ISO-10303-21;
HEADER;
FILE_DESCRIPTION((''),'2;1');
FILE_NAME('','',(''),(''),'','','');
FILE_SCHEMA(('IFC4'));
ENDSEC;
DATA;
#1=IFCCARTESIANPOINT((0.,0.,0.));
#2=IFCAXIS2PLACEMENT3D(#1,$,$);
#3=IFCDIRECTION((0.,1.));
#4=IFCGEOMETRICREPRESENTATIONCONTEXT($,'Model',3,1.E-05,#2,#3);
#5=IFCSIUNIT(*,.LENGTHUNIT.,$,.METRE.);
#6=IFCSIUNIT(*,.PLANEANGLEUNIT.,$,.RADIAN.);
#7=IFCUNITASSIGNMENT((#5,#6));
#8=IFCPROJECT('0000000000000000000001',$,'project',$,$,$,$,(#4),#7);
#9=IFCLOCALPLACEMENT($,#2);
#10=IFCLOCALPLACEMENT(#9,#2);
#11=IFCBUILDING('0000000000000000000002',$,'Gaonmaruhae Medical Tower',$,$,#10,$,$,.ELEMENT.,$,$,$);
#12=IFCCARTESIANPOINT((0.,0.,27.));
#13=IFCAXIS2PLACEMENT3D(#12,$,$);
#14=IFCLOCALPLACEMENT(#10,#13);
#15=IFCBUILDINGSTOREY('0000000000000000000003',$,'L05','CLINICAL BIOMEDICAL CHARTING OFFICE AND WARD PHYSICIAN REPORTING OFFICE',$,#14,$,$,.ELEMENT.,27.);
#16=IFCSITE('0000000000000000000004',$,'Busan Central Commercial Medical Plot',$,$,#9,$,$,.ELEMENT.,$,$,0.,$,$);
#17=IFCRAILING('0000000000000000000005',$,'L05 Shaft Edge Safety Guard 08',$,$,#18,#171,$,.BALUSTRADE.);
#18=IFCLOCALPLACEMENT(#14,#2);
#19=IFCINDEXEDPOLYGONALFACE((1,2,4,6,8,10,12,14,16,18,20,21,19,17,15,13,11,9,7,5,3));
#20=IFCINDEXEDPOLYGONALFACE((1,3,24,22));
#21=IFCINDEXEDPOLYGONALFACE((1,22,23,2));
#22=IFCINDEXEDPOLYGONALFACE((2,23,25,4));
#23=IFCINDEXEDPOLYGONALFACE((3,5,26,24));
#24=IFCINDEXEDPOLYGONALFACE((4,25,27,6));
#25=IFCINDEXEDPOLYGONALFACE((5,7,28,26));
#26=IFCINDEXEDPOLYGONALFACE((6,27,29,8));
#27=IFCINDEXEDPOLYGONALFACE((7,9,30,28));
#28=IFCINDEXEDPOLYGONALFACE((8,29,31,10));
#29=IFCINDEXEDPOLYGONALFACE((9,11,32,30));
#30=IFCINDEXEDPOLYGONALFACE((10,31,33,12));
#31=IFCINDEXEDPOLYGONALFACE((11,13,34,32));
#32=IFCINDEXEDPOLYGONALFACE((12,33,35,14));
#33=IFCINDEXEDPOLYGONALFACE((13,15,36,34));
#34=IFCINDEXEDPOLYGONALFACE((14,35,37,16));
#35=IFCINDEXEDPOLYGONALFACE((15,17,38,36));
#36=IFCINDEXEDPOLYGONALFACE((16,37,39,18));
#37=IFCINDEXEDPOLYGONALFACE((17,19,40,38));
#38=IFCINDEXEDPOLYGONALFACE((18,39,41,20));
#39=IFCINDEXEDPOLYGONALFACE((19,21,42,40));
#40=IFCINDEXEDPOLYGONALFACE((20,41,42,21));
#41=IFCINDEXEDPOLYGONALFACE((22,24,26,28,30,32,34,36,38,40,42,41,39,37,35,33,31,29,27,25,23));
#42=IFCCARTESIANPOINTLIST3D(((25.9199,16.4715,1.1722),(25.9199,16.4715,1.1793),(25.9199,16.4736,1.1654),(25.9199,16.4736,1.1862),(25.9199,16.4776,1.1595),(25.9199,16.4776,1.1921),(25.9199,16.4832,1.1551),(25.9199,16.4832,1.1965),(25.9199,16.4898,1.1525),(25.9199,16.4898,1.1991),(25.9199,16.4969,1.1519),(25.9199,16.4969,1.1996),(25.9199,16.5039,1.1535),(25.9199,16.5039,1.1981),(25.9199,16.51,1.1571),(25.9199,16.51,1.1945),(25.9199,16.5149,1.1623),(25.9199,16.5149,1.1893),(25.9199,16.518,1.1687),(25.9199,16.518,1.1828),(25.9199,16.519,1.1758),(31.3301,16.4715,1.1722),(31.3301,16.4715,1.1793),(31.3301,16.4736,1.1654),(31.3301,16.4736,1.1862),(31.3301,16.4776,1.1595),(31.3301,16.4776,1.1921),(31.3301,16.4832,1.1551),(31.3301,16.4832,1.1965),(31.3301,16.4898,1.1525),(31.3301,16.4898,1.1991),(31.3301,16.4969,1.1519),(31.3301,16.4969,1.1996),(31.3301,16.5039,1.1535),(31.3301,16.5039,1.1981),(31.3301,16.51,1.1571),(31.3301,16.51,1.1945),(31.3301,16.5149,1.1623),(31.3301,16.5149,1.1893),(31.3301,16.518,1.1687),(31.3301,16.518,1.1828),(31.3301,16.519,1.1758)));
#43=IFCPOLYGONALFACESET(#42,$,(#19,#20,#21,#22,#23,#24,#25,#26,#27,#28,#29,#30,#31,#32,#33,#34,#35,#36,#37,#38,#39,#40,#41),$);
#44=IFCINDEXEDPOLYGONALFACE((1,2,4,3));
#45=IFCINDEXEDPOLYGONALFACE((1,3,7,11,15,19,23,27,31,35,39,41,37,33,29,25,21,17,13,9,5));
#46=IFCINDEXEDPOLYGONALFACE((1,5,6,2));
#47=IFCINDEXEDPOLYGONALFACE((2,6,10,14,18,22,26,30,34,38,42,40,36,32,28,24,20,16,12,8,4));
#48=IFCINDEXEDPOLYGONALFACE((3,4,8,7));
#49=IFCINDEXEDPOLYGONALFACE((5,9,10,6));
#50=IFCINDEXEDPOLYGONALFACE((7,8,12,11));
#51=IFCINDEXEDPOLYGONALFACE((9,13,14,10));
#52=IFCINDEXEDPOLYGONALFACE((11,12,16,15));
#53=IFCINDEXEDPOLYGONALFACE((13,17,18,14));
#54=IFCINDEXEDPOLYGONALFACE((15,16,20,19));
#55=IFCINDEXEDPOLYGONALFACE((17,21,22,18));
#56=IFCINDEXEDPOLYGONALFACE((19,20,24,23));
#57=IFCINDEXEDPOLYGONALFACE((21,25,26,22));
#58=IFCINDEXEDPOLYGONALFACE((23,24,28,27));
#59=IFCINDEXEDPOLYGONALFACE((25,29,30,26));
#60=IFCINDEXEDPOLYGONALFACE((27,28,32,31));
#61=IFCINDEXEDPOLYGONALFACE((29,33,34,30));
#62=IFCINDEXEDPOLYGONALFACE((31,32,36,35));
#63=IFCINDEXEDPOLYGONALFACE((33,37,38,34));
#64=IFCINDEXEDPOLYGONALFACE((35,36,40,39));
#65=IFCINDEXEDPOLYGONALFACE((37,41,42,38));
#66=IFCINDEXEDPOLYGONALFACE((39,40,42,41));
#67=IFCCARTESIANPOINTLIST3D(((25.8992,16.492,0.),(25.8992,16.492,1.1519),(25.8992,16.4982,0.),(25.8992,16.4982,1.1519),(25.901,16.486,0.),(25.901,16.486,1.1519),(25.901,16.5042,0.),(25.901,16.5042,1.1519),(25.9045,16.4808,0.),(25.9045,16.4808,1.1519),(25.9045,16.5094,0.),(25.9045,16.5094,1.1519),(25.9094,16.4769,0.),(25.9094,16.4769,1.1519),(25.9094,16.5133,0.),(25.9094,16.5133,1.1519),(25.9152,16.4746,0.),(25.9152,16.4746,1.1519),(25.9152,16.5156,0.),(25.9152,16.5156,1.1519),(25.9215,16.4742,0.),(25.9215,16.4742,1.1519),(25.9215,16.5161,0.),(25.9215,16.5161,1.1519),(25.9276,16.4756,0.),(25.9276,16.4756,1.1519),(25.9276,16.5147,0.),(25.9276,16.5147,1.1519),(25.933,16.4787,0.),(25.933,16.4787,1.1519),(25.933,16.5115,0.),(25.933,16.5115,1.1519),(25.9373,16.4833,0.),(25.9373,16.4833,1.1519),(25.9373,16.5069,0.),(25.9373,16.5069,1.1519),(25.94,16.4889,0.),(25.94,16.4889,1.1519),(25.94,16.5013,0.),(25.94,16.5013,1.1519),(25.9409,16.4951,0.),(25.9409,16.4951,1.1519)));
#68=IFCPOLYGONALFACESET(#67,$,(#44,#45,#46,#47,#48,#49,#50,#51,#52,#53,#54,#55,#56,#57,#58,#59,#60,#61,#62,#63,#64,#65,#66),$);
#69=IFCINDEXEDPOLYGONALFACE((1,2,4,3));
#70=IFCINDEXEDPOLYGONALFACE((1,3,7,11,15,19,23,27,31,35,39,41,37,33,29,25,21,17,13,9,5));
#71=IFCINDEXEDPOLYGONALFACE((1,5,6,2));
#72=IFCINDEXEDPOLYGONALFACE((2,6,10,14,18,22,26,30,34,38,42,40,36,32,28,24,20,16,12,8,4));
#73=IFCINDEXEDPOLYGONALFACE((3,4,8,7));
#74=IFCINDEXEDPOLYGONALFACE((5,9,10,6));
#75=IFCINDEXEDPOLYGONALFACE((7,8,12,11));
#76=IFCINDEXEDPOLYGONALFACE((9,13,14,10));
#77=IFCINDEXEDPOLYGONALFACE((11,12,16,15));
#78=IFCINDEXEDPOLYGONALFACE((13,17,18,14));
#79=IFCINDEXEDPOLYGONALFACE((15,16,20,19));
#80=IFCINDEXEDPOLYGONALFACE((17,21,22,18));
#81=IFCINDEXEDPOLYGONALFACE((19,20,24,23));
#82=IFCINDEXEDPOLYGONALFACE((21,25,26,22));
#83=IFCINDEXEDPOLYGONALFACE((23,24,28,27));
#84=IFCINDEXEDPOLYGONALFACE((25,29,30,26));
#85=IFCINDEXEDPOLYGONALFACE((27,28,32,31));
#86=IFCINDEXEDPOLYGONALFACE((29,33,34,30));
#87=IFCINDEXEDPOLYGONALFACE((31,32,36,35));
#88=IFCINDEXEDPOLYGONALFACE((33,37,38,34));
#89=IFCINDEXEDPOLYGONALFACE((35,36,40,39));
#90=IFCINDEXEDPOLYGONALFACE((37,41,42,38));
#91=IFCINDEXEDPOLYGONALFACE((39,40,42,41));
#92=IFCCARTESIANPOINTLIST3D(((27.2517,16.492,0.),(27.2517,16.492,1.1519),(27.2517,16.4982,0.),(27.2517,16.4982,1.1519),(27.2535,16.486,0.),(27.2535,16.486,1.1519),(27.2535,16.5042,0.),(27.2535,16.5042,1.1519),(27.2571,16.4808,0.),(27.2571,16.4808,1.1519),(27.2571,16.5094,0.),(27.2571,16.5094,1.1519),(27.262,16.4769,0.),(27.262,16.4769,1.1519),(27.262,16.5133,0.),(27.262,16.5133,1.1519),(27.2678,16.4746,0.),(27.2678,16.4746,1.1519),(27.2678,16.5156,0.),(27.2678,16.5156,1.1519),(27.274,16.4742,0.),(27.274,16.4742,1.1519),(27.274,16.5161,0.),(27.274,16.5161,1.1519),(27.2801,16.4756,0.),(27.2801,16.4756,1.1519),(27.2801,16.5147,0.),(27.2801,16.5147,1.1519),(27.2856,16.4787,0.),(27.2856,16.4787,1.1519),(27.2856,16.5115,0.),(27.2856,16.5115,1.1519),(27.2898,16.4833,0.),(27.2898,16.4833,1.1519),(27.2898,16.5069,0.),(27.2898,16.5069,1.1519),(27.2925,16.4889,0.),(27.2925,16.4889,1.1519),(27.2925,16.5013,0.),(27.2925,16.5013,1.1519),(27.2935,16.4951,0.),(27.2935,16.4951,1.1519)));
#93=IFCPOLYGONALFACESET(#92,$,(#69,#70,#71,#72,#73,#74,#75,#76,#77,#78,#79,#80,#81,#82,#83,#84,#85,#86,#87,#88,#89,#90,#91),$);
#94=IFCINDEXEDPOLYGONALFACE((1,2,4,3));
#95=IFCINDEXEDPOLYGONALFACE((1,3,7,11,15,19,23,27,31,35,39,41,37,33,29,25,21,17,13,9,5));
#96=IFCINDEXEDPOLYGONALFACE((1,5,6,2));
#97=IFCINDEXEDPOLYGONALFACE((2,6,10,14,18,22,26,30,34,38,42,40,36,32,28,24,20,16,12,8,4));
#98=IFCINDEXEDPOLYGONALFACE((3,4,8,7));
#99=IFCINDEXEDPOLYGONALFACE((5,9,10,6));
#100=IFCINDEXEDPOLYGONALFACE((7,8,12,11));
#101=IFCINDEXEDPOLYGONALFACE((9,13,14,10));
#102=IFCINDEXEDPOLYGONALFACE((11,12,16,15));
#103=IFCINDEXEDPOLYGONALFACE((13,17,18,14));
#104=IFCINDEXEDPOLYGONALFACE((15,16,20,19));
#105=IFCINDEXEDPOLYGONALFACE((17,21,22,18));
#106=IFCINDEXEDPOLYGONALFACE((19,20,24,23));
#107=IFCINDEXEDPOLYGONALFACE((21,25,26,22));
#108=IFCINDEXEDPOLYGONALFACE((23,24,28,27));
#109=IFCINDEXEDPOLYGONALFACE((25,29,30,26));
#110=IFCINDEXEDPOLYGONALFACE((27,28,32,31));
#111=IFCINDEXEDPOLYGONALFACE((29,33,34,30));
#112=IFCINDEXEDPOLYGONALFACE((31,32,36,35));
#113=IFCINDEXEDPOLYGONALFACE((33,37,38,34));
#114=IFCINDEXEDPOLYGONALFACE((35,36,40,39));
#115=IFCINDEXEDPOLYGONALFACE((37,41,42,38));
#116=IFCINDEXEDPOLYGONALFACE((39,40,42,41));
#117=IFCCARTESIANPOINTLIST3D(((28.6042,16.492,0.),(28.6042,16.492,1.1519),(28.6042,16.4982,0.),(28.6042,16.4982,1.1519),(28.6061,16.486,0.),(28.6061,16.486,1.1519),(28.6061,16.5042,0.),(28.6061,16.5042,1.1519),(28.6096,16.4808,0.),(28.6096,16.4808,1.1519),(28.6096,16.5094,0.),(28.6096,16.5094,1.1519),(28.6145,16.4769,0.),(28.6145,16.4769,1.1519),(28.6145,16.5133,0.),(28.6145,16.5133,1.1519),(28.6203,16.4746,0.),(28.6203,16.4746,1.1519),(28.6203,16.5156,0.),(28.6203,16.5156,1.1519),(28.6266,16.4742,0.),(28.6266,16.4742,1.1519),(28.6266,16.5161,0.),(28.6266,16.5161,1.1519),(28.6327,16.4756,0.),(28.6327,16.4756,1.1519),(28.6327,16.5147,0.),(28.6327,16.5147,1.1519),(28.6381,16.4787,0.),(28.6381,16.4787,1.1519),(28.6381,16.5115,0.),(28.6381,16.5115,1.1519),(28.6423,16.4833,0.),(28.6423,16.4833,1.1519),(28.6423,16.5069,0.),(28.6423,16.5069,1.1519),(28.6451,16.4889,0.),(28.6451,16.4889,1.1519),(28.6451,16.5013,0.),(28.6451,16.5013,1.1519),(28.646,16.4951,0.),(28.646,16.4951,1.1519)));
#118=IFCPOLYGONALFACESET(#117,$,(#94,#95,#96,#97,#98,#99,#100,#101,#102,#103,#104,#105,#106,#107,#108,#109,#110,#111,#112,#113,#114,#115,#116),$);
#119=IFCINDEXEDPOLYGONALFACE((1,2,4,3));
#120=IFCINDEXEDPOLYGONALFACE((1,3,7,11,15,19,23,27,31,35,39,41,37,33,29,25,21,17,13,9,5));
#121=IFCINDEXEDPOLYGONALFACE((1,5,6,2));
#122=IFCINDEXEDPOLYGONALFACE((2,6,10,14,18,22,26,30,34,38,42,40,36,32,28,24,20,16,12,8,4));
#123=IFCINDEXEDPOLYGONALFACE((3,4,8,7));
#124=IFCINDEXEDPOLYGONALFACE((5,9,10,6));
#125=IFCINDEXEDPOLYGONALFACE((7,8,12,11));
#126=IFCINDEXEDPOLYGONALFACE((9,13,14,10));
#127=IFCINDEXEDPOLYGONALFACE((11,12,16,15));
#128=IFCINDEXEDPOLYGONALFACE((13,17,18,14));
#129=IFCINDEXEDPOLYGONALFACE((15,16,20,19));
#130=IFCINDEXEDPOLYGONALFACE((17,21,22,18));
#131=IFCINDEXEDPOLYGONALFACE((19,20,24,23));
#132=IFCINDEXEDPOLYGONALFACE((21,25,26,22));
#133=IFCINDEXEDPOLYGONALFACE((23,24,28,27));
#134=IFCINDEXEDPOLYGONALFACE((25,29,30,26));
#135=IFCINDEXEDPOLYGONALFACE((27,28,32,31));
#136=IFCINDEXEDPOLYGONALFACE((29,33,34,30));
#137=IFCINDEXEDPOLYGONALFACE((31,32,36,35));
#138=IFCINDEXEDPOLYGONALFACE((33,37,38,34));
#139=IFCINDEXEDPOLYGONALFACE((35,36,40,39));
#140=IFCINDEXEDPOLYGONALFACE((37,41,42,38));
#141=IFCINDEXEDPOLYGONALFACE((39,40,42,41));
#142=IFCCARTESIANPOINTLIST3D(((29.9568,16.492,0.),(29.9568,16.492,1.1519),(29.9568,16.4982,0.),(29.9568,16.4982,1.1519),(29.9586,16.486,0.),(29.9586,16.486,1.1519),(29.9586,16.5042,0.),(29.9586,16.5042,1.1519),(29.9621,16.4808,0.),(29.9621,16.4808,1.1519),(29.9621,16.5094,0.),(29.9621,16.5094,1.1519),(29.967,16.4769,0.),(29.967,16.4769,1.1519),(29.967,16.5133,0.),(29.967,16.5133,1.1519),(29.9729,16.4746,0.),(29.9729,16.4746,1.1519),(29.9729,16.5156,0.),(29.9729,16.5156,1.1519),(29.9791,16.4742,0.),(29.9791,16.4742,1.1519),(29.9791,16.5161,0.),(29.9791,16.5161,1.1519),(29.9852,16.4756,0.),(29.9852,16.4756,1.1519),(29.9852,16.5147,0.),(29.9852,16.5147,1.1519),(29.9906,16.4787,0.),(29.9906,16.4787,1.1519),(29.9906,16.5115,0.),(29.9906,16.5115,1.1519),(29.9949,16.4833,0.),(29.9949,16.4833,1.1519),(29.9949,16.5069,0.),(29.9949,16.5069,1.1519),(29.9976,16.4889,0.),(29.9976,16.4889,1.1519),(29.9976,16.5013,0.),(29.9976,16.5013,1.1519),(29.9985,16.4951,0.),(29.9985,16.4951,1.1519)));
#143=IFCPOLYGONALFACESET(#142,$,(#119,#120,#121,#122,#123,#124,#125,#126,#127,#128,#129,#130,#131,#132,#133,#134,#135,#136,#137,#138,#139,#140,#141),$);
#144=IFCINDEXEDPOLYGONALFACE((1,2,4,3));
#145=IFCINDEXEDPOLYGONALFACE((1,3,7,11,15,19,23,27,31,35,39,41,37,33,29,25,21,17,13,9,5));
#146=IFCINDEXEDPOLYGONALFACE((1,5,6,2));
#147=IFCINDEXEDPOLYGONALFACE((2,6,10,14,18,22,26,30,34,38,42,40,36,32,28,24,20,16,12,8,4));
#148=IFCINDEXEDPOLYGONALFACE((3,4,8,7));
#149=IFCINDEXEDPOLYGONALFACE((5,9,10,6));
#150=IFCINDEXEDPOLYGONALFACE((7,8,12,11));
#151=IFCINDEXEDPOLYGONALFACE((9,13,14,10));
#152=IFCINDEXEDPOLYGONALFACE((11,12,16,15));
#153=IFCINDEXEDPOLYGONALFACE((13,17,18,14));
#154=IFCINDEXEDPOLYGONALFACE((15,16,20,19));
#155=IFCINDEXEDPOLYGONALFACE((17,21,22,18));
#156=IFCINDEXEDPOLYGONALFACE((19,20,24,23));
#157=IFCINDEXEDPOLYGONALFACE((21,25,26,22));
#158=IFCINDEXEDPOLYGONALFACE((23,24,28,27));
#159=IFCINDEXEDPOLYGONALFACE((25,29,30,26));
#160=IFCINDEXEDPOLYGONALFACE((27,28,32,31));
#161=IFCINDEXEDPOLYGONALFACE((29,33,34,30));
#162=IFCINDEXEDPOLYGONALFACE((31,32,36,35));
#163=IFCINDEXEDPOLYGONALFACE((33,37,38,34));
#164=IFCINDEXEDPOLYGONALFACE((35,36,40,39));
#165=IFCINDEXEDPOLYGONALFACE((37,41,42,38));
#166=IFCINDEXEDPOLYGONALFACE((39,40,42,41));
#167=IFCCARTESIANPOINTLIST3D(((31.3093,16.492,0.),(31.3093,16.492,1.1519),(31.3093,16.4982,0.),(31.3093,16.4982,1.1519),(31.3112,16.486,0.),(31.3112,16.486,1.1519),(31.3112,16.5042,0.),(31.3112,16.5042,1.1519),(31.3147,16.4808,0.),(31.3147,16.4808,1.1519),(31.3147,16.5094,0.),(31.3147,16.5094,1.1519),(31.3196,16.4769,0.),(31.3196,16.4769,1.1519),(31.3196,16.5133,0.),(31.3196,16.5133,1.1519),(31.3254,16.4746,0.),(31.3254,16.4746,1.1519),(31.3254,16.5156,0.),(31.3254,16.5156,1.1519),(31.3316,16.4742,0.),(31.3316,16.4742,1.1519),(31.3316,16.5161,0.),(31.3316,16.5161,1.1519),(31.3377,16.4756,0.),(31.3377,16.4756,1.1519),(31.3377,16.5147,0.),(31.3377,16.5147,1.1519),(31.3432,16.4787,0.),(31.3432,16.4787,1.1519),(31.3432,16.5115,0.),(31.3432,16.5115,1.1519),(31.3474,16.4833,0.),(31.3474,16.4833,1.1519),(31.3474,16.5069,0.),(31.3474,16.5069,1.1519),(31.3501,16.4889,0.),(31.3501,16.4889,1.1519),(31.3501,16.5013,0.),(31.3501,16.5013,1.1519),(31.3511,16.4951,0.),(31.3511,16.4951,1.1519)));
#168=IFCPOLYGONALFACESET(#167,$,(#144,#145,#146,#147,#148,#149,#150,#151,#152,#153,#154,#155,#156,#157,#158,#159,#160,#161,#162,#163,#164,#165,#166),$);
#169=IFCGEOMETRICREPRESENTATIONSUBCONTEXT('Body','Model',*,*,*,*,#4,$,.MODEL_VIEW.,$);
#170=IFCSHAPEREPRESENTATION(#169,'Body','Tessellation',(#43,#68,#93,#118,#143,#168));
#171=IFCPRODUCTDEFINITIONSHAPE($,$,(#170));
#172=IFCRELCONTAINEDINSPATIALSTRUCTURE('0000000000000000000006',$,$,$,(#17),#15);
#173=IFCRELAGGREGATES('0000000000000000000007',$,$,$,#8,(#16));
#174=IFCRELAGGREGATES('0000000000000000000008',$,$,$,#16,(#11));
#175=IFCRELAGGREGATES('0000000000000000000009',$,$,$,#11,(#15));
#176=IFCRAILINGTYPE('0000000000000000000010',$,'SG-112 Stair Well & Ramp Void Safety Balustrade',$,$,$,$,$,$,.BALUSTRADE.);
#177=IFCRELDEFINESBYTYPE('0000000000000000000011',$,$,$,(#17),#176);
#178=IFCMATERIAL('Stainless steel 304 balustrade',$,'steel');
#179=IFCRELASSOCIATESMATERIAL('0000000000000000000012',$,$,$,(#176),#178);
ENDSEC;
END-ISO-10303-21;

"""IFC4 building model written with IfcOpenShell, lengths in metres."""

from ifc_helpers import new_model, si_unit, direction, frame, origin, origin_2d, place, context, subcontext, project, spatial, circle, extrude, material, type_object, element, save


model = new_model("IFC4")

# Units and contexts
model_context = context("Model", 3, precision=1e-05, world=origin(), true_north=direction((0.0, 1.0)))
body_context = subcontext(model_context, "Body", "Model", "MODEL_VIEW")
ifc_project = project(units=[si_unit("LENGTHUNIT", "METRE"), si_unit("PLANEANGLEUNIT", "RADIAN")], contexts=[model_context])

# Site, building, storey
site_placement = place(None, origin())
site = spatial("IfcSite", under=ifc_project, at=site_placement, Name="Busan Central Commercial Medical Plot", CompositionType="ELEMENT", RefElevation=0.0)
building_placement = place(site_placement, origin())
building = spatial("IfcBuilding", under=site, at=building_placement, Name="Gaonmaruhae Medical Tower", CompositionType="ELEMENT")
storey_placement = place(building_placement, frame((0.0, 0.0, 27.0)))
storey = spatial("IfcBuildingStorey", under=building, at=storey_placement, Name="L05", Description="CLINICAL BIOMEDICAL CHARTING OFFICE AND WARD PHYSICIAN REPORTING OFFICE", CompositionType="ELEMENT", Elevation=27.0)

# Railing
ifc_material_1 = material(Name="Stainless steel 304 balustrade", Category="steel")
railing_type_1 = type_object("IfcRailingType", Name="SG-112 Stair Well & Ramp Void Safety Balustrade", PredefinedType="BALUSTRADE", material=ifc_material_1)
railing_1_placement = place(storey_placement, frame((25.9199, 16.4951, 0.0)))
element("IfcRailing", 1, at=railing_1_placement, inside=storey, type_object=railing_type_1, Name="L05 Shaft Edge Safety Guard 08", PredefinedType="BALUSTRADE", context=body_context, shape_type="SweptSolid", body=[
    extrude(circle(Radius=0.0239, at=origin_2d()), frame((0.0, 0.0, 1.1758), z_axis=(1.0, 0.0, 0.0), x_axis=(0.0, 1.0, 0.0)), (0.0, 0.0, 1.0), 5.4102),
    extrude(circle(Radius=0.021, at=origin_2d()), origin(), (0.0, 0.0, 1.0), 1.1519),
    extrude(circle(Radius=0.021, at=origin_2d()), frame((1.3525, 0.0, 0.0)), (0.0, 0.0, 1.0), 1.1519),
    extrude(circle(Radius=0.021, at=origin_2d()), frame((2.7051, 0.0, 0.0)), (0.0, 0.0, 1.0), 1.1519),
    extrude(circle(Radius=0.021, at=origin_2d()), frame((4.0576, 0.0, 0.0)), (0.0, 0.0, 1.0), 1.1519),
    extrude(circle(Radius=0.021, at=origin_2d()), frame((5.4102, 0.0, 0.0)), (0.0, 0.0, 1.0), 1.1519),
])

save(model, "model.ifc")
